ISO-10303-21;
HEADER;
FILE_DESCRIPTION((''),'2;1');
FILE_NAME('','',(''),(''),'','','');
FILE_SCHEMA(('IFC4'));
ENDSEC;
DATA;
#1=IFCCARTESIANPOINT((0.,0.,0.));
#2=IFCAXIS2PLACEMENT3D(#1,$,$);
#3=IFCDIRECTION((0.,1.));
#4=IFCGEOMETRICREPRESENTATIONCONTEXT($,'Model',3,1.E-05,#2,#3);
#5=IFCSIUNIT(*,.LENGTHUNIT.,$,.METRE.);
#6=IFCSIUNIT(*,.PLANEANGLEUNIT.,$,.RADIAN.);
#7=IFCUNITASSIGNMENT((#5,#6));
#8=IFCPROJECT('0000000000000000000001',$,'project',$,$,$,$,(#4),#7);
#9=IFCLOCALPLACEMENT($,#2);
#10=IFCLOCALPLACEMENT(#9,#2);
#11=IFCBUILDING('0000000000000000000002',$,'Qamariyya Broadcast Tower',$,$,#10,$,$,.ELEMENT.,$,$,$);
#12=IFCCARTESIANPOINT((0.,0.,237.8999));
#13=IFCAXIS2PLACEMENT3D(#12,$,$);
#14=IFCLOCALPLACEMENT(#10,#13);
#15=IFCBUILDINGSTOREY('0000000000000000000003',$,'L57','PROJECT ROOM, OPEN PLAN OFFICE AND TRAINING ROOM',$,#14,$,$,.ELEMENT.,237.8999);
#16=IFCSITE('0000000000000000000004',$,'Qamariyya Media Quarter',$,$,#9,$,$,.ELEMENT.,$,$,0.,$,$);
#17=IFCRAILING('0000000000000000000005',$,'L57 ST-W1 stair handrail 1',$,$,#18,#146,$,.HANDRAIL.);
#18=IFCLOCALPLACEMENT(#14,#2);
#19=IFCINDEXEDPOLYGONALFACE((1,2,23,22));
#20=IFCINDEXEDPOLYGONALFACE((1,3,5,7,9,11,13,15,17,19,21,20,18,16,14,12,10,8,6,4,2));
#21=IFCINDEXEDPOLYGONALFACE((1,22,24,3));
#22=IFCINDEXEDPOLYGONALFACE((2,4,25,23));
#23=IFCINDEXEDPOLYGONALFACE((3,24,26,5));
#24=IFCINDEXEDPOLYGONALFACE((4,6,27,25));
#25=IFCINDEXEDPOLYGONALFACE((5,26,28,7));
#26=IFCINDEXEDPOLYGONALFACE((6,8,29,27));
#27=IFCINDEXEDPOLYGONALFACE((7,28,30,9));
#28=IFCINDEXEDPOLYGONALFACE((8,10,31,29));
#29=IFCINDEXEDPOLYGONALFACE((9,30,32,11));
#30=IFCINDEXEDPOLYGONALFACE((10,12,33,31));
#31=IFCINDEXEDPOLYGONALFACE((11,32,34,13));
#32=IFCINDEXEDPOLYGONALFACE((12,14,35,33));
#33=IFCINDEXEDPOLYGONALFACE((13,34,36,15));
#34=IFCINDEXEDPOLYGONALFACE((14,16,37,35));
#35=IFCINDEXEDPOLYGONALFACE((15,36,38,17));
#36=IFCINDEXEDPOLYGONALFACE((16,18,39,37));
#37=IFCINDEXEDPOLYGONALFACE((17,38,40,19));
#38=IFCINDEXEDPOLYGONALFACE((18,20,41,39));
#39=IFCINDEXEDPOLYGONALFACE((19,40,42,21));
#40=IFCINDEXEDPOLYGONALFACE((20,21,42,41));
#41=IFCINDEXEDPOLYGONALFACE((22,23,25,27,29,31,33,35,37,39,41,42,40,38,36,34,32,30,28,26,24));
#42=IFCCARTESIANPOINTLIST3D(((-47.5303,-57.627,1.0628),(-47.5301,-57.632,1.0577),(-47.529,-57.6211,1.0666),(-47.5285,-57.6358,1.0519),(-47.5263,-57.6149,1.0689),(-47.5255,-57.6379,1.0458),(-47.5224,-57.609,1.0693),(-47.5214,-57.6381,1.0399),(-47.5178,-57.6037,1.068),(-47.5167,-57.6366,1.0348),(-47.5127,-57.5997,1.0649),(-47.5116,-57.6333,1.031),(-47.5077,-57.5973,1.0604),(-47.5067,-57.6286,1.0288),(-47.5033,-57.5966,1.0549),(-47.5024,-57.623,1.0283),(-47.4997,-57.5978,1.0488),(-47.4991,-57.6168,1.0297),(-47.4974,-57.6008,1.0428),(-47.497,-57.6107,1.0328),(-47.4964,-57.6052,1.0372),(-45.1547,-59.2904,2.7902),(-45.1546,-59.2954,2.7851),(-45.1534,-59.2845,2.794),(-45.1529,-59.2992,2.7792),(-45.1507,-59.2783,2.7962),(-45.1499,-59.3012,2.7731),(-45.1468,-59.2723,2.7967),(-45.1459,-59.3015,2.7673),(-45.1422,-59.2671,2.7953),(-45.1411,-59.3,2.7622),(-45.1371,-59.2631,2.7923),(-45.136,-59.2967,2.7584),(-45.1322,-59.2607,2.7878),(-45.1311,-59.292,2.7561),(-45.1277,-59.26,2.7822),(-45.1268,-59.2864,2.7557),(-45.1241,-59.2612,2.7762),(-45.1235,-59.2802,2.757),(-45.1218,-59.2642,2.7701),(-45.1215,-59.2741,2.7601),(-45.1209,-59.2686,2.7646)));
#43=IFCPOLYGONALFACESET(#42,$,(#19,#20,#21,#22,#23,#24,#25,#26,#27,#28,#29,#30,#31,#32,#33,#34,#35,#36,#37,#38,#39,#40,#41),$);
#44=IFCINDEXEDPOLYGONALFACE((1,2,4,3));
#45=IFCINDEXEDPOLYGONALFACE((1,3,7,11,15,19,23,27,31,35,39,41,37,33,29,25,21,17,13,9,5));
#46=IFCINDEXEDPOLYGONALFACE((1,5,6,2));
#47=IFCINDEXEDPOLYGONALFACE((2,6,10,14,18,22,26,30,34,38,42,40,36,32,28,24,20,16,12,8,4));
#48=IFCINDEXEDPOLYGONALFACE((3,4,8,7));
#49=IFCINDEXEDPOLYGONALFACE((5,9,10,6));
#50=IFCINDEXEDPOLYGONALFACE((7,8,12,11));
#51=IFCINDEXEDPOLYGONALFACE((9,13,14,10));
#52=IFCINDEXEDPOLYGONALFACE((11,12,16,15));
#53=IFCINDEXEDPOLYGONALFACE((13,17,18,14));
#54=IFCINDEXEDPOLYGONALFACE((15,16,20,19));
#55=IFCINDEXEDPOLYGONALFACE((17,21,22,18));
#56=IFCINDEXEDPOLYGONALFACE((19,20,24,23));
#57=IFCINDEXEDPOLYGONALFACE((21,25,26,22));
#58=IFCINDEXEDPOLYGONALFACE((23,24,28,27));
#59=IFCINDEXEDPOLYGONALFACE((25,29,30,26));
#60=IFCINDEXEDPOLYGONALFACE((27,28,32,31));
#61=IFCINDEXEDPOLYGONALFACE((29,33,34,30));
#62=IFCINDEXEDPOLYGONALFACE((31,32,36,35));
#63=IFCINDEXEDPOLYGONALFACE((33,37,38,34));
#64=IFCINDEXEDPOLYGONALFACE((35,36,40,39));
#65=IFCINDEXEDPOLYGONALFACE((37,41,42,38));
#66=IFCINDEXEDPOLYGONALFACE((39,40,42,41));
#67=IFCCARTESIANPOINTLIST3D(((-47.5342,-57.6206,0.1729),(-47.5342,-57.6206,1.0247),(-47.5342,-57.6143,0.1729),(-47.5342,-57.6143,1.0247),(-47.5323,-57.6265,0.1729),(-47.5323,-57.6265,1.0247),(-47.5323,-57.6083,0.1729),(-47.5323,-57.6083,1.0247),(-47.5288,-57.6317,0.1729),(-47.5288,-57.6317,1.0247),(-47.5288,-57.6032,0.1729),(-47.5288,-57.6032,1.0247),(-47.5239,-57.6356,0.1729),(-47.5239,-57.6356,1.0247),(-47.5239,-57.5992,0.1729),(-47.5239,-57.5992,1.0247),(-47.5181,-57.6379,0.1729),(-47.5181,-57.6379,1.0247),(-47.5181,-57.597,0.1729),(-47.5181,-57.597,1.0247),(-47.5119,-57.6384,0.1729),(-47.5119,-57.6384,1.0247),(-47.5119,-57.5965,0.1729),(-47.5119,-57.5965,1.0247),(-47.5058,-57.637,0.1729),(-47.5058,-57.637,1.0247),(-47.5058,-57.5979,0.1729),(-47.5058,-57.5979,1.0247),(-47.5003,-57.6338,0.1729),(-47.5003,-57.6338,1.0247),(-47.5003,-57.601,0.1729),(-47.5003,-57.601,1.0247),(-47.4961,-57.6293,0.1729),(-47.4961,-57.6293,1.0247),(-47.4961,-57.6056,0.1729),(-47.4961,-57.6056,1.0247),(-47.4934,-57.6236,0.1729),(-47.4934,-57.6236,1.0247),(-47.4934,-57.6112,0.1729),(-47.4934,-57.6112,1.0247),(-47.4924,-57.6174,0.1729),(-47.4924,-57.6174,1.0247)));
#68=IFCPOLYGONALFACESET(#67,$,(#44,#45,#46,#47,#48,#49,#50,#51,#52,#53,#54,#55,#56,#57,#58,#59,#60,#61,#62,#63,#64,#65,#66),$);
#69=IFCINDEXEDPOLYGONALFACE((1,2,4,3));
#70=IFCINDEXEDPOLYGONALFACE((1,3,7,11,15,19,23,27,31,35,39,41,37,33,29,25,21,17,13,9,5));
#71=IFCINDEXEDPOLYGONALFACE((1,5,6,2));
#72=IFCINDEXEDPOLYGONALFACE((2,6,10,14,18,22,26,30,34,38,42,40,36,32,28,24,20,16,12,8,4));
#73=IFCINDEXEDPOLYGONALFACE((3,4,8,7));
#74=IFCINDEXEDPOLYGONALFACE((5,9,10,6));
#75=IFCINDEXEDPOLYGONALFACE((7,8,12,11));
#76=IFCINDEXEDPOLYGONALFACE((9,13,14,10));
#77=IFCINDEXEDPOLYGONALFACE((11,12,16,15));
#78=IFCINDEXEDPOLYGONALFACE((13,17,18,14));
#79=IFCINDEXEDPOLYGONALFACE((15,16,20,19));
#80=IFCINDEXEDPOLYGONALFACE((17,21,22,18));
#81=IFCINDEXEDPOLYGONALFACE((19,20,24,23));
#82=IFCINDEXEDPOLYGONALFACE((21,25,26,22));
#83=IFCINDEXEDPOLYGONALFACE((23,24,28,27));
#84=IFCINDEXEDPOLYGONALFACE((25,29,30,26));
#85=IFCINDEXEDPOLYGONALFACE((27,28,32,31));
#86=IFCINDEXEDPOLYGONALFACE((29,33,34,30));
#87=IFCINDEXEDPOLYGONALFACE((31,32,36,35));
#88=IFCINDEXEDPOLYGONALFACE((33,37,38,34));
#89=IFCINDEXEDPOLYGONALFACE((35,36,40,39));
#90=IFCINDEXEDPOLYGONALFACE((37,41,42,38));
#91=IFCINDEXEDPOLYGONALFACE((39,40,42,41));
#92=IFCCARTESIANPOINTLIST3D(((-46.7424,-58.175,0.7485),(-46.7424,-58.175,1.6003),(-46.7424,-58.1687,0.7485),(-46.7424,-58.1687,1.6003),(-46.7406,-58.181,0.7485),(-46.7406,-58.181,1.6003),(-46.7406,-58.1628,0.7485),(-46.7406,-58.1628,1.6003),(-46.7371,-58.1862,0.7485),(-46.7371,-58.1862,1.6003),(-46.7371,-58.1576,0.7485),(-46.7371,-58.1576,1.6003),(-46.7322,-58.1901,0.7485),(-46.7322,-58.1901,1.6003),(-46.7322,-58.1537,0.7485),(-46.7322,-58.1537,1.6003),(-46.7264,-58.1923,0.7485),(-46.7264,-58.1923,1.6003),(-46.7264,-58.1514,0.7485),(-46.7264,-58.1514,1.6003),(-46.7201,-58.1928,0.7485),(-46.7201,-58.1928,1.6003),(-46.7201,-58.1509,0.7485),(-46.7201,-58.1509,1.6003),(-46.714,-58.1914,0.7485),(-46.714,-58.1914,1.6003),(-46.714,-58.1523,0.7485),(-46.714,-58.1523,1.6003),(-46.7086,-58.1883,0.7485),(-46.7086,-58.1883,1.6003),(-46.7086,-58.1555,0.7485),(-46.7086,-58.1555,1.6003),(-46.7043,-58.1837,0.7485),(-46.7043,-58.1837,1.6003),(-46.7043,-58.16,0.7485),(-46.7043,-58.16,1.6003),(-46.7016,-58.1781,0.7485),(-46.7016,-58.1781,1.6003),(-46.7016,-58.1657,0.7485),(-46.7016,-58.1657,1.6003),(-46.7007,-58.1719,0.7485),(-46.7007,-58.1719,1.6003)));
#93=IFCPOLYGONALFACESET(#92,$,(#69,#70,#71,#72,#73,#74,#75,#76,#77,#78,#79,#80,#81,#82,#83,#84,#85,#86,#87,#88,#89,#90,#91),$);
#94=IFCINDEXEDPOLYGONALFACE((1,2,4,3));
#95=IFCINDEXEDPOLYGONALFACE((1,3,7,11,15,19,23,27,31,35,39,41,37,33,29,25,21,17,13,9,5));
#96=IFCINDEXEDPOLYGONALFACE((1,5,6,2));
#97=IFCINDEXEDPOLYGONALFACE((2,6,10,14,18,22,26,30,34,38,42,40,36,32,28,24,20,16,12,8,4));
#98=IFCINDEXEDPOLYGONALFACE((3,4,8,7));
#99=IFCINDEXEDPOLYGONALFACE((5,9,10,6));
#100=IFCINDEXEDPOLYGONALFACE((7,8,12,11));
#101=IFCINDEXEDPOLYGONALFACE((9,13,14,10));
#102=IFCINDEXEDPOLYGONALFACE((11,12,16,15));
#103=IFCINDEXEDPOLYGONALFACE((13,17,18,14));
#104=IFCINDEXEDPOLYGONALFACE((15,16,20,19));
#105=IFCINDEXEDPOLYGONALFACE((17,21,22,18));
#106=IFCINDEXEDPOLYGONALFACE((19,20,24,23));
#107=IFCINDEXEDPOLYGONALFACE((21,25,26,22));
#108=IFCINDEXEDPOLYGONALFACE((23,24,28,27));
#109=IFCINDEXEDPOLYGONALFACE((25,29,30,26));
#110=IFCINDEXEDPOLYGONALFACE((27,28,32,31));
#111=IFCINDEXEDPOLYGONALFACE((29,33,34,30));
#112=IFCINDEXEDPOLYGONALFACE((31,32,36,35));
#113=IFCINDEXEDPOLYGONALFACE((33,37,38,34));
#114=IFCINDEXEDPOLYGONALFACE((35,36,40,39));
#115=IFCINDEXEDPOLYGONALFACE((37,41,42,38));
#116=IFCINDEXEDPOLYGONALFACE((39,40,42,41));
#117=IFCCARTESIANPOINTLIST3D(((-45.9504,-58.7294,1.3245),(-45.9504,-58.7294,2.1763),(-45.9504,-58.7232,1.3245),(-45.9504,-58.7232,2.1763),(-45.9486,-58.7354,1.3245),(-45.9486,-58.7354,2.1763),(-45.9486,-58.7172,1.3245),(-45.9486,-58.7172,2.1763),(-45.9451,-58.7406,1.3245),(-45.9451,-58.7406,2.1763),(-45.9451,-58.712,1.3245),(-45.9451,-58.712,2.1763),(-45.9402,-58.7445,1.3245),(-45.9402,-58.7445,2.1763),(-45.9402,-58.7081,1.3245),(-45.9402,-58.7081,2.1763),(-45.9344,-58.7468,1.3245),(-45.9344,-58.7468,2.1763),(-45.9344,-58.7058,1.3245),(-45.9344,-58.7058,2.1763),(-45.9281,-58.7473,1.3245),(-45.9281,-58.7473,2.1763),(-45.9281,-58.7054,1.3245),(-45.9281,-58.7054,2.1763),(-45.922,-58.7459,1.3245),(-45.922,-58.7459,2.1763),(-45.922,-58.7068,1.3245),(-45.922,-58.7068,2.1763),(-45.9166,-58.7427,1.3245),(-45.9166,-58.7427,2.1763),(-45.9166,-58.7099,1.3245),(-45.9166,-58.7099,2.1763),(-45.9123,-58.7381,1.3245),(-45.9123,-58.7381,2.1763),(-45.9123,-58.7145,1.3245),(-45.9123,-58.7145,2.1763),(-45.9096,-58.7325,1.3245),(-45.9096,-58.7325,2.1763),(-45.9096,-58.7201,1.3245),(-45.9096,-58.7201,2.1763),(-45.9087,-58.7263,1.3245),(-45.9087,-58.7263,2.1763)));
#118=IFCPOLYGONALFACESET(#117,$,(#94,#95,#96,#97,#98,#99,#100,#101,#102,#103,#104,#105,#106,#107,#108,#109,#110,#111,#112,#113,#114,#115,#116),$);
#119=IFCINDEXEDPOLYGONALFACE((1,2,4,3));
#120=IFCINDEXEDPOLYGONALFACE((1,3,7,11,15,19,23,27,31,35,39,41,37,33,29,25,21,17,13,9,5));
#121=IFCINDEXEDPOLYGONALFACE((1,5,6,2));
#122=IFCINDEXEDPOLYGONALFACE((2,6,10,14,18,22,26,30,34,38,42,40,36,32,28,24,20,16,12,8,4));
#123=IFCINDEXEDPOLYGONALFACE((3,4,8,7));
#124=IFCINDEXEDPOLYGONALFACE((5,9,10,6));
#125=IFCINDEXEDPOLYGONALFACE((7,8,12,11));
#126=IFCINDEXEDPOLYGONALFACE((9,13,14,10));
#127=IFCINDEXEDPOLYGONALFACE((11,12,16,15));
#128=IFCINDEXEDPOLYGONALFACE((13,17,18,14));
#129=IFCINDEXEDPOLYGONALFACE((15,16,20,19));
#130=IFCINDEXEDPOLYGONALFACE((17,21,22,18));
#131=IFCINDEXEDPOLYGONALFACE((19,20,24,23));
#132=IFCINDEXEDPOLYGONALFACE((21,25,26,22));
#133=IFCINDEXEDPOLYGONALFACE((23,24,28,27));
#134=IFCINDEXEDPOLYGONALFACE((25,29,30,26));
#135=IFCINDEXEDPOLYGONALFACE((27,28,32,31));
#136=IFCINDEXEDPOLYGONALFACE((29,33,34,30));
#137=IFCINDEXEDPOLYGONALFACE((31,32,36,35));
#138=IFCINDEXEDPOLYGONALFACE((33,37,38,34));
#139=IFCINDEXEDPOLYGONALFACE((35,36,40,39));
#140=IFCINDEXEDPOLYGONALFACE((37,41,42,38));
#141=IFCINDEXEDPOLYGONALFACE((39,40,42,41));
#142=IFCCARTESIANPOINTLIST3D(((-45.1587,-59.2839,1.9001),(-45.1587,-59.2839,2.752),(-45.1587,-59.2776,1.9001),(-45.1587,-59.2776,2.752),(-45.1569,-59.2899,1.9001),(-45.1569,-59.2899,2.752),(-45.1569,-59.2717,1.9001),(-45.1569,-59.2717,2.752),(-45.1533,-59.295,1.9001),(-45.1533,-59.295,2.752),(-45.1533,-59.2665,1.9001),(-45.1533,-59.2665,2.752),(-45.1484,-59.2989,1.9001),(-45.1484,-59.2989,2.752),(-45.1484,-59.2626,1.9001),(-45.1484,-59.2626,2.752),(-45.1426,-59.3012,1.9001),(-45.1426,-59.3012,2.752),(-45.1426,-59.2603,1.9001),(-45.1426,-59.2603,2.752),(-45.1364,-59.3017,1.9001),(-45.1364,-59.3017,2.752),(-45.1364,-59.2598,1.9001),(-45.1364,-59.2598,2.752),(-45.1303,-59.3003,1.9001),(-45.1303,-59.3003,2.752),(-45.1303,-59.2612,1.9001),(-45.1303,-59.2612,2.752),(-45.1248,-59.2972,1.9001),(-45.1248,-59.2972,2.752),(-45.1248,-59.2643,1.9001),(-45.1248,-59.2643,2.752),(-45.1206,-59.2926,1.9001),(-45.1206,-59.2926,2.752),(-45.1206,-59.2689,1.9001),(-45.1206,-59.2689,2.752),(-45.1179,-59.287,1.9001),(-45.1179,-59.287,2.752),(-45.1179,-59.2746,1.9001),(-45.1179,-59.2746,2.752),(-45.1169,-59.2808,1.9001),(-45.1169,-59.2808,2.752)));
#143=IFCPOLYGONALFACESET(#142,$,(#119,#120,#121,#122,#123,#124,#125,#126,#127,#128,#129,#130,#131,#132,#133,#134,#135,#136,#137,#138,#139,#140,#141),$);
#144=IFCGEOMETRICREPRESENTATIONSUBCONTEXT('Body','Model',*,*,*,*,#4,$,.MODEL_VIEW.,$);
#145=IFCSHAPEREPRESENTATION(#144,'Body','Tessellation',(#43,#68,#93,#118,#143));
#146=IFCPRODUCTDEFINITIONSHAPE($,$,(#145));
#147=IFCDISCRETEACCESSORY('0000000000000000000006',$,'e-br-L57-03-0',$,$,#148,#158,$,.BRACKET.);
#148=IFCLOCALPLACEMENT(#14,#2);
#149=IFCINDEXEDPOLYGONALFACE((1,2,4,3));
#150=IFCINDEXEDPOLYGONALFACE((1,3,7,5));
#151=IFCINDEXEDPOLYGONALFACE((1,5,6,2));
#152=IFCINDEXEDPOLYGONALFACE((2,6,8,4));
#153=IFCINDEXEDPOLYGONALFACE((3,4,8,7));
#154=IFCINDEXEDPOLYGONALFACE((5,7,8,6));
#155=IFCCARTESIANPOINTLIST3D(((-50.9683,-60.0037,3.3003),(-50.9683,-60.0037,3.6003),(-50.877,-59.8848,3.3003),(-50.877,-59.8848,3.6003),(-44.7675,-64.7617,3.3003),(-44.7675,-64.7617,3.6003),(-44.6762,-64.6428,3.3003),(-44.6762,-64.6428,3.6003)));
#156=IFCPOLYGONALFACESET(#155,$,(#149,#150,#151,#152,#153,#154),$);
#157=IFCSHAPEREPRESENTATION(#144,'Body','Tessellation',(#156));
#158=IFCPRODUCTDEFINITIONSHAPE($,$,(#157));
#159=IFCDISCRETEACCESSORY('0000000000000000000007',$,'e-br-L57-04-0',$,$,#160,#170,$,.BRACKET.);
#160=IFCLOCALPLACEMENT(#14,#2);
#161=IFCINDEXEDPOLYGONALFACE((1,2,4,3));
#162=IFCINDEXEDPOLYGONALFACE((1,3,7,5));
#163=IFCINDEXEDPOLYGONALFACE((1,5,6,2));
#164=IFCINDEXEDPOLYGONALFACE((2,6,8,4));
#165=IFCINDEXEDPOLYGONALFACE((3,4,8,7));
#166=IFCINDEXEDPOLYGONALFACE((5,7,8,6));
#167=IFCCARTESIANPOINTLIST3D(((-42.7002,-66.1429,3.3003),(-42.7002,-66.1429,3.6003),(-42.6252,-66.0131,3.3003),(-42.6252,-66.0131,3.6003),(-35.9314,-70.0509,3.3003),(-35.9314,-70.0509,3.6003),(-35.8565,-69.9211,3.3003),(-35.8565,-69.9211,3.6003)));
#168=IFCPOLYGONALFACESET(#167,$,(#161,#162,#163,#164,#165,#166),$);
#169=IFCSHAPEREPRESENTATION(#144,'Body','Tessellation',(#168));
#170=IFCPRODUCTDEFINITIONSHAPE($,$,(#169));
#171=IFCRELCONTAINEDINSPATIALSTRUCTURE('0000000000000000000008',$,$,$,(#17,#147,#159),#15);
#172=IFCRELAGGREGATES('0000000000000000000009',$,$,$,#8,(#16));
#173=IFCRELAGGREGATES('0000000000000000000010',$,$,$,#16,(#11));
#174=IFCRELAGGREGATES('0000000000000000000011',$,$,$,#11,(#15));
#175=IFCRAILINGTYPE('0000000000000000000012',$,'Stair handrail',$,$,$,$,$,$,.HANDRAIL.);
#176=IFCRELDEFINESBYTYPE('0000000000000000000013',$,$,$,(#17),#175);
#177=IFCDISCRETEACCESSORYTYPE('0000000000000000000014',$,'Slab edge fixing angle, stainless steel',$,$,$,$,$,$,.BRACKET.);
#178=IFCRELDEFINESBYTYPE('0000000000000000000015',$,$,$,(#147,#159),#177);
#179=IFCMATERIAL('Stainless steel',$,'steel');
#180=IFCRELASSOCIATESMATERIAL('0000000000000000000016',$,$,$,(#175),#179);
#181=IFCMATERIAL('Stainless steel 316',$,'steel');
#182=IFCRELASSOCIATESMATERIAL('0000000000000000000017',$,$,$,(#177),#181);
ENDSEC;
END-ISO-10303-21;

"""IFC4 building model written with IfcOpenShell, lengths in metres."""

from ifc_helpers import new_model, si_unit, direction, frame, origin, origin_2d, place, context, subcontext, project, spatial, rectangle, circle, extrude, material, type_object, element, save


model = new_model("IFC4")

# Units and contexts
model_context = context("Model", 3, precision=1e-05, world=origin(), true_north=direction((0.0, 1.0)))
body_context = subcontext(model_context, "Body", "Model", "MODEL_VIEW")
ifc_project = project(units=[si_unit("LENGTHUNIT", "METRE"), si_unit("PLANEANGLEUNIT", "RADIAN")], contexts=[model_context])

# Site, building, storey
site_placement = place(None, origin())
site = spatial("IfcSite", under=ifc_project, at=site_placement, Name="Qamariyya Media Quarter", CompositionType="ELEMENT", RefElevation=0.0)
building_placement = place(site_placement, origin())
building = spatial("IfcBuilding", under=site, at=building_placement, Name="Qamariyya Broadcast Tower", CompositionType="ELEMENT")
storey_placement = place(building_placement, frame((0.0, 0.0, 237.8999)))
storey = spatial("IfcBuildingStorey", under=building, at=storey_placement, Name="L57", Description="PROJECT ROOM, OPEN PLAN OFFICE AND TRAINING ROOM", CompositionType="ELEMENT", Elevation=237.8999)

# Railing
ifc_material_1 = material(Name="Stainless steel", Category="steel")
railing_type_1 = type_object("IfcRailingType", Name="Stair handrail", PredefinedType="HANDRAIL", material=ifc_material_1)
railing_1_placement = place(storey_placement, frame((-47.5134, -57.6174, 0.1729)))
element("IfcRailing", 1, at=railing_1_placement, inside=storey, type_object=railing_type_1, Name="L57 ST-W1 stair handrail 1", PredefinedType="HANDRAIL", context=body_context, shape_type="SweptSolid", body=[
    extrude(circle(Radius=0.0239, at=origin_2d()), frame((0.0, 0.0, 0.876), z_axis=(0.70377, -0.492784, 0.511734), x_axis=(0.573575, 0.819153, 0.0)), (0.0, 0.0, 1.0), 3.3755),
    extrude(circle(Radius=0.021, at=origin_2d()), origin(), (0.0, 0.0, 1.0), 0.8518),
    extrude(circle(Radius=0.021, at=origin_2d()), frame((0.7917, -0.5544, 0.5757)), (0.0, 0.0, 1.0), 0.8518),
    extrude(circle(Radius=0.021, at=origin_2d()), frame((1.5837, -1.1089, 1.1516)), (0.0, 0.0, 1.0), 0.8518),
    extrude(circle(Radius=0.021, at=origin_2d()), frame((2.3755, -1.6633, 1.7273)), (0.0, 0.0, 1.0), 0.8518),
])

# Discrete accessories
ifc_material_2 = material(Name="Stainless steel 316", Category="steel")
discrete_accessory_type = type_object("IfcDiscreteAccessoryType", Name="Slab edge fixing angle, stainless steel", PredefinedType="BRACKET", material=ifc_material_2)
for number, where, z_axis, x_axis, name in (
    (2, (-47.8223, -62.3232, 3.3003), (0.0, 0.0, 1.0), (0.793353, -0.608761, 0.0), "e-br-L57-03-0"),
    (3, (-39.2783, -68.032, 3.3003), (0.0, 0.0, 1.0), (0.866025, -0.5, 0.0), "e-br-L57-04-0"),
):
    element("IfcDiscreteAccessory", number, at=place(storey_placement, frame(where, z_axis=z_axis, x_axis=x_axis)), inside=storey, type_object=discrete_accessory_type, Name=name, PredefinedType="BRACKET", context=body_context, shape_type="SweptSolid", body=[
        extrude(rectangle(XDim=7.8159, YDim=0.1499, at=origin_2d()), origin(), (0.0, 0.0, 1.0), 0.3),
    ])

save(model, "model.ifc")
